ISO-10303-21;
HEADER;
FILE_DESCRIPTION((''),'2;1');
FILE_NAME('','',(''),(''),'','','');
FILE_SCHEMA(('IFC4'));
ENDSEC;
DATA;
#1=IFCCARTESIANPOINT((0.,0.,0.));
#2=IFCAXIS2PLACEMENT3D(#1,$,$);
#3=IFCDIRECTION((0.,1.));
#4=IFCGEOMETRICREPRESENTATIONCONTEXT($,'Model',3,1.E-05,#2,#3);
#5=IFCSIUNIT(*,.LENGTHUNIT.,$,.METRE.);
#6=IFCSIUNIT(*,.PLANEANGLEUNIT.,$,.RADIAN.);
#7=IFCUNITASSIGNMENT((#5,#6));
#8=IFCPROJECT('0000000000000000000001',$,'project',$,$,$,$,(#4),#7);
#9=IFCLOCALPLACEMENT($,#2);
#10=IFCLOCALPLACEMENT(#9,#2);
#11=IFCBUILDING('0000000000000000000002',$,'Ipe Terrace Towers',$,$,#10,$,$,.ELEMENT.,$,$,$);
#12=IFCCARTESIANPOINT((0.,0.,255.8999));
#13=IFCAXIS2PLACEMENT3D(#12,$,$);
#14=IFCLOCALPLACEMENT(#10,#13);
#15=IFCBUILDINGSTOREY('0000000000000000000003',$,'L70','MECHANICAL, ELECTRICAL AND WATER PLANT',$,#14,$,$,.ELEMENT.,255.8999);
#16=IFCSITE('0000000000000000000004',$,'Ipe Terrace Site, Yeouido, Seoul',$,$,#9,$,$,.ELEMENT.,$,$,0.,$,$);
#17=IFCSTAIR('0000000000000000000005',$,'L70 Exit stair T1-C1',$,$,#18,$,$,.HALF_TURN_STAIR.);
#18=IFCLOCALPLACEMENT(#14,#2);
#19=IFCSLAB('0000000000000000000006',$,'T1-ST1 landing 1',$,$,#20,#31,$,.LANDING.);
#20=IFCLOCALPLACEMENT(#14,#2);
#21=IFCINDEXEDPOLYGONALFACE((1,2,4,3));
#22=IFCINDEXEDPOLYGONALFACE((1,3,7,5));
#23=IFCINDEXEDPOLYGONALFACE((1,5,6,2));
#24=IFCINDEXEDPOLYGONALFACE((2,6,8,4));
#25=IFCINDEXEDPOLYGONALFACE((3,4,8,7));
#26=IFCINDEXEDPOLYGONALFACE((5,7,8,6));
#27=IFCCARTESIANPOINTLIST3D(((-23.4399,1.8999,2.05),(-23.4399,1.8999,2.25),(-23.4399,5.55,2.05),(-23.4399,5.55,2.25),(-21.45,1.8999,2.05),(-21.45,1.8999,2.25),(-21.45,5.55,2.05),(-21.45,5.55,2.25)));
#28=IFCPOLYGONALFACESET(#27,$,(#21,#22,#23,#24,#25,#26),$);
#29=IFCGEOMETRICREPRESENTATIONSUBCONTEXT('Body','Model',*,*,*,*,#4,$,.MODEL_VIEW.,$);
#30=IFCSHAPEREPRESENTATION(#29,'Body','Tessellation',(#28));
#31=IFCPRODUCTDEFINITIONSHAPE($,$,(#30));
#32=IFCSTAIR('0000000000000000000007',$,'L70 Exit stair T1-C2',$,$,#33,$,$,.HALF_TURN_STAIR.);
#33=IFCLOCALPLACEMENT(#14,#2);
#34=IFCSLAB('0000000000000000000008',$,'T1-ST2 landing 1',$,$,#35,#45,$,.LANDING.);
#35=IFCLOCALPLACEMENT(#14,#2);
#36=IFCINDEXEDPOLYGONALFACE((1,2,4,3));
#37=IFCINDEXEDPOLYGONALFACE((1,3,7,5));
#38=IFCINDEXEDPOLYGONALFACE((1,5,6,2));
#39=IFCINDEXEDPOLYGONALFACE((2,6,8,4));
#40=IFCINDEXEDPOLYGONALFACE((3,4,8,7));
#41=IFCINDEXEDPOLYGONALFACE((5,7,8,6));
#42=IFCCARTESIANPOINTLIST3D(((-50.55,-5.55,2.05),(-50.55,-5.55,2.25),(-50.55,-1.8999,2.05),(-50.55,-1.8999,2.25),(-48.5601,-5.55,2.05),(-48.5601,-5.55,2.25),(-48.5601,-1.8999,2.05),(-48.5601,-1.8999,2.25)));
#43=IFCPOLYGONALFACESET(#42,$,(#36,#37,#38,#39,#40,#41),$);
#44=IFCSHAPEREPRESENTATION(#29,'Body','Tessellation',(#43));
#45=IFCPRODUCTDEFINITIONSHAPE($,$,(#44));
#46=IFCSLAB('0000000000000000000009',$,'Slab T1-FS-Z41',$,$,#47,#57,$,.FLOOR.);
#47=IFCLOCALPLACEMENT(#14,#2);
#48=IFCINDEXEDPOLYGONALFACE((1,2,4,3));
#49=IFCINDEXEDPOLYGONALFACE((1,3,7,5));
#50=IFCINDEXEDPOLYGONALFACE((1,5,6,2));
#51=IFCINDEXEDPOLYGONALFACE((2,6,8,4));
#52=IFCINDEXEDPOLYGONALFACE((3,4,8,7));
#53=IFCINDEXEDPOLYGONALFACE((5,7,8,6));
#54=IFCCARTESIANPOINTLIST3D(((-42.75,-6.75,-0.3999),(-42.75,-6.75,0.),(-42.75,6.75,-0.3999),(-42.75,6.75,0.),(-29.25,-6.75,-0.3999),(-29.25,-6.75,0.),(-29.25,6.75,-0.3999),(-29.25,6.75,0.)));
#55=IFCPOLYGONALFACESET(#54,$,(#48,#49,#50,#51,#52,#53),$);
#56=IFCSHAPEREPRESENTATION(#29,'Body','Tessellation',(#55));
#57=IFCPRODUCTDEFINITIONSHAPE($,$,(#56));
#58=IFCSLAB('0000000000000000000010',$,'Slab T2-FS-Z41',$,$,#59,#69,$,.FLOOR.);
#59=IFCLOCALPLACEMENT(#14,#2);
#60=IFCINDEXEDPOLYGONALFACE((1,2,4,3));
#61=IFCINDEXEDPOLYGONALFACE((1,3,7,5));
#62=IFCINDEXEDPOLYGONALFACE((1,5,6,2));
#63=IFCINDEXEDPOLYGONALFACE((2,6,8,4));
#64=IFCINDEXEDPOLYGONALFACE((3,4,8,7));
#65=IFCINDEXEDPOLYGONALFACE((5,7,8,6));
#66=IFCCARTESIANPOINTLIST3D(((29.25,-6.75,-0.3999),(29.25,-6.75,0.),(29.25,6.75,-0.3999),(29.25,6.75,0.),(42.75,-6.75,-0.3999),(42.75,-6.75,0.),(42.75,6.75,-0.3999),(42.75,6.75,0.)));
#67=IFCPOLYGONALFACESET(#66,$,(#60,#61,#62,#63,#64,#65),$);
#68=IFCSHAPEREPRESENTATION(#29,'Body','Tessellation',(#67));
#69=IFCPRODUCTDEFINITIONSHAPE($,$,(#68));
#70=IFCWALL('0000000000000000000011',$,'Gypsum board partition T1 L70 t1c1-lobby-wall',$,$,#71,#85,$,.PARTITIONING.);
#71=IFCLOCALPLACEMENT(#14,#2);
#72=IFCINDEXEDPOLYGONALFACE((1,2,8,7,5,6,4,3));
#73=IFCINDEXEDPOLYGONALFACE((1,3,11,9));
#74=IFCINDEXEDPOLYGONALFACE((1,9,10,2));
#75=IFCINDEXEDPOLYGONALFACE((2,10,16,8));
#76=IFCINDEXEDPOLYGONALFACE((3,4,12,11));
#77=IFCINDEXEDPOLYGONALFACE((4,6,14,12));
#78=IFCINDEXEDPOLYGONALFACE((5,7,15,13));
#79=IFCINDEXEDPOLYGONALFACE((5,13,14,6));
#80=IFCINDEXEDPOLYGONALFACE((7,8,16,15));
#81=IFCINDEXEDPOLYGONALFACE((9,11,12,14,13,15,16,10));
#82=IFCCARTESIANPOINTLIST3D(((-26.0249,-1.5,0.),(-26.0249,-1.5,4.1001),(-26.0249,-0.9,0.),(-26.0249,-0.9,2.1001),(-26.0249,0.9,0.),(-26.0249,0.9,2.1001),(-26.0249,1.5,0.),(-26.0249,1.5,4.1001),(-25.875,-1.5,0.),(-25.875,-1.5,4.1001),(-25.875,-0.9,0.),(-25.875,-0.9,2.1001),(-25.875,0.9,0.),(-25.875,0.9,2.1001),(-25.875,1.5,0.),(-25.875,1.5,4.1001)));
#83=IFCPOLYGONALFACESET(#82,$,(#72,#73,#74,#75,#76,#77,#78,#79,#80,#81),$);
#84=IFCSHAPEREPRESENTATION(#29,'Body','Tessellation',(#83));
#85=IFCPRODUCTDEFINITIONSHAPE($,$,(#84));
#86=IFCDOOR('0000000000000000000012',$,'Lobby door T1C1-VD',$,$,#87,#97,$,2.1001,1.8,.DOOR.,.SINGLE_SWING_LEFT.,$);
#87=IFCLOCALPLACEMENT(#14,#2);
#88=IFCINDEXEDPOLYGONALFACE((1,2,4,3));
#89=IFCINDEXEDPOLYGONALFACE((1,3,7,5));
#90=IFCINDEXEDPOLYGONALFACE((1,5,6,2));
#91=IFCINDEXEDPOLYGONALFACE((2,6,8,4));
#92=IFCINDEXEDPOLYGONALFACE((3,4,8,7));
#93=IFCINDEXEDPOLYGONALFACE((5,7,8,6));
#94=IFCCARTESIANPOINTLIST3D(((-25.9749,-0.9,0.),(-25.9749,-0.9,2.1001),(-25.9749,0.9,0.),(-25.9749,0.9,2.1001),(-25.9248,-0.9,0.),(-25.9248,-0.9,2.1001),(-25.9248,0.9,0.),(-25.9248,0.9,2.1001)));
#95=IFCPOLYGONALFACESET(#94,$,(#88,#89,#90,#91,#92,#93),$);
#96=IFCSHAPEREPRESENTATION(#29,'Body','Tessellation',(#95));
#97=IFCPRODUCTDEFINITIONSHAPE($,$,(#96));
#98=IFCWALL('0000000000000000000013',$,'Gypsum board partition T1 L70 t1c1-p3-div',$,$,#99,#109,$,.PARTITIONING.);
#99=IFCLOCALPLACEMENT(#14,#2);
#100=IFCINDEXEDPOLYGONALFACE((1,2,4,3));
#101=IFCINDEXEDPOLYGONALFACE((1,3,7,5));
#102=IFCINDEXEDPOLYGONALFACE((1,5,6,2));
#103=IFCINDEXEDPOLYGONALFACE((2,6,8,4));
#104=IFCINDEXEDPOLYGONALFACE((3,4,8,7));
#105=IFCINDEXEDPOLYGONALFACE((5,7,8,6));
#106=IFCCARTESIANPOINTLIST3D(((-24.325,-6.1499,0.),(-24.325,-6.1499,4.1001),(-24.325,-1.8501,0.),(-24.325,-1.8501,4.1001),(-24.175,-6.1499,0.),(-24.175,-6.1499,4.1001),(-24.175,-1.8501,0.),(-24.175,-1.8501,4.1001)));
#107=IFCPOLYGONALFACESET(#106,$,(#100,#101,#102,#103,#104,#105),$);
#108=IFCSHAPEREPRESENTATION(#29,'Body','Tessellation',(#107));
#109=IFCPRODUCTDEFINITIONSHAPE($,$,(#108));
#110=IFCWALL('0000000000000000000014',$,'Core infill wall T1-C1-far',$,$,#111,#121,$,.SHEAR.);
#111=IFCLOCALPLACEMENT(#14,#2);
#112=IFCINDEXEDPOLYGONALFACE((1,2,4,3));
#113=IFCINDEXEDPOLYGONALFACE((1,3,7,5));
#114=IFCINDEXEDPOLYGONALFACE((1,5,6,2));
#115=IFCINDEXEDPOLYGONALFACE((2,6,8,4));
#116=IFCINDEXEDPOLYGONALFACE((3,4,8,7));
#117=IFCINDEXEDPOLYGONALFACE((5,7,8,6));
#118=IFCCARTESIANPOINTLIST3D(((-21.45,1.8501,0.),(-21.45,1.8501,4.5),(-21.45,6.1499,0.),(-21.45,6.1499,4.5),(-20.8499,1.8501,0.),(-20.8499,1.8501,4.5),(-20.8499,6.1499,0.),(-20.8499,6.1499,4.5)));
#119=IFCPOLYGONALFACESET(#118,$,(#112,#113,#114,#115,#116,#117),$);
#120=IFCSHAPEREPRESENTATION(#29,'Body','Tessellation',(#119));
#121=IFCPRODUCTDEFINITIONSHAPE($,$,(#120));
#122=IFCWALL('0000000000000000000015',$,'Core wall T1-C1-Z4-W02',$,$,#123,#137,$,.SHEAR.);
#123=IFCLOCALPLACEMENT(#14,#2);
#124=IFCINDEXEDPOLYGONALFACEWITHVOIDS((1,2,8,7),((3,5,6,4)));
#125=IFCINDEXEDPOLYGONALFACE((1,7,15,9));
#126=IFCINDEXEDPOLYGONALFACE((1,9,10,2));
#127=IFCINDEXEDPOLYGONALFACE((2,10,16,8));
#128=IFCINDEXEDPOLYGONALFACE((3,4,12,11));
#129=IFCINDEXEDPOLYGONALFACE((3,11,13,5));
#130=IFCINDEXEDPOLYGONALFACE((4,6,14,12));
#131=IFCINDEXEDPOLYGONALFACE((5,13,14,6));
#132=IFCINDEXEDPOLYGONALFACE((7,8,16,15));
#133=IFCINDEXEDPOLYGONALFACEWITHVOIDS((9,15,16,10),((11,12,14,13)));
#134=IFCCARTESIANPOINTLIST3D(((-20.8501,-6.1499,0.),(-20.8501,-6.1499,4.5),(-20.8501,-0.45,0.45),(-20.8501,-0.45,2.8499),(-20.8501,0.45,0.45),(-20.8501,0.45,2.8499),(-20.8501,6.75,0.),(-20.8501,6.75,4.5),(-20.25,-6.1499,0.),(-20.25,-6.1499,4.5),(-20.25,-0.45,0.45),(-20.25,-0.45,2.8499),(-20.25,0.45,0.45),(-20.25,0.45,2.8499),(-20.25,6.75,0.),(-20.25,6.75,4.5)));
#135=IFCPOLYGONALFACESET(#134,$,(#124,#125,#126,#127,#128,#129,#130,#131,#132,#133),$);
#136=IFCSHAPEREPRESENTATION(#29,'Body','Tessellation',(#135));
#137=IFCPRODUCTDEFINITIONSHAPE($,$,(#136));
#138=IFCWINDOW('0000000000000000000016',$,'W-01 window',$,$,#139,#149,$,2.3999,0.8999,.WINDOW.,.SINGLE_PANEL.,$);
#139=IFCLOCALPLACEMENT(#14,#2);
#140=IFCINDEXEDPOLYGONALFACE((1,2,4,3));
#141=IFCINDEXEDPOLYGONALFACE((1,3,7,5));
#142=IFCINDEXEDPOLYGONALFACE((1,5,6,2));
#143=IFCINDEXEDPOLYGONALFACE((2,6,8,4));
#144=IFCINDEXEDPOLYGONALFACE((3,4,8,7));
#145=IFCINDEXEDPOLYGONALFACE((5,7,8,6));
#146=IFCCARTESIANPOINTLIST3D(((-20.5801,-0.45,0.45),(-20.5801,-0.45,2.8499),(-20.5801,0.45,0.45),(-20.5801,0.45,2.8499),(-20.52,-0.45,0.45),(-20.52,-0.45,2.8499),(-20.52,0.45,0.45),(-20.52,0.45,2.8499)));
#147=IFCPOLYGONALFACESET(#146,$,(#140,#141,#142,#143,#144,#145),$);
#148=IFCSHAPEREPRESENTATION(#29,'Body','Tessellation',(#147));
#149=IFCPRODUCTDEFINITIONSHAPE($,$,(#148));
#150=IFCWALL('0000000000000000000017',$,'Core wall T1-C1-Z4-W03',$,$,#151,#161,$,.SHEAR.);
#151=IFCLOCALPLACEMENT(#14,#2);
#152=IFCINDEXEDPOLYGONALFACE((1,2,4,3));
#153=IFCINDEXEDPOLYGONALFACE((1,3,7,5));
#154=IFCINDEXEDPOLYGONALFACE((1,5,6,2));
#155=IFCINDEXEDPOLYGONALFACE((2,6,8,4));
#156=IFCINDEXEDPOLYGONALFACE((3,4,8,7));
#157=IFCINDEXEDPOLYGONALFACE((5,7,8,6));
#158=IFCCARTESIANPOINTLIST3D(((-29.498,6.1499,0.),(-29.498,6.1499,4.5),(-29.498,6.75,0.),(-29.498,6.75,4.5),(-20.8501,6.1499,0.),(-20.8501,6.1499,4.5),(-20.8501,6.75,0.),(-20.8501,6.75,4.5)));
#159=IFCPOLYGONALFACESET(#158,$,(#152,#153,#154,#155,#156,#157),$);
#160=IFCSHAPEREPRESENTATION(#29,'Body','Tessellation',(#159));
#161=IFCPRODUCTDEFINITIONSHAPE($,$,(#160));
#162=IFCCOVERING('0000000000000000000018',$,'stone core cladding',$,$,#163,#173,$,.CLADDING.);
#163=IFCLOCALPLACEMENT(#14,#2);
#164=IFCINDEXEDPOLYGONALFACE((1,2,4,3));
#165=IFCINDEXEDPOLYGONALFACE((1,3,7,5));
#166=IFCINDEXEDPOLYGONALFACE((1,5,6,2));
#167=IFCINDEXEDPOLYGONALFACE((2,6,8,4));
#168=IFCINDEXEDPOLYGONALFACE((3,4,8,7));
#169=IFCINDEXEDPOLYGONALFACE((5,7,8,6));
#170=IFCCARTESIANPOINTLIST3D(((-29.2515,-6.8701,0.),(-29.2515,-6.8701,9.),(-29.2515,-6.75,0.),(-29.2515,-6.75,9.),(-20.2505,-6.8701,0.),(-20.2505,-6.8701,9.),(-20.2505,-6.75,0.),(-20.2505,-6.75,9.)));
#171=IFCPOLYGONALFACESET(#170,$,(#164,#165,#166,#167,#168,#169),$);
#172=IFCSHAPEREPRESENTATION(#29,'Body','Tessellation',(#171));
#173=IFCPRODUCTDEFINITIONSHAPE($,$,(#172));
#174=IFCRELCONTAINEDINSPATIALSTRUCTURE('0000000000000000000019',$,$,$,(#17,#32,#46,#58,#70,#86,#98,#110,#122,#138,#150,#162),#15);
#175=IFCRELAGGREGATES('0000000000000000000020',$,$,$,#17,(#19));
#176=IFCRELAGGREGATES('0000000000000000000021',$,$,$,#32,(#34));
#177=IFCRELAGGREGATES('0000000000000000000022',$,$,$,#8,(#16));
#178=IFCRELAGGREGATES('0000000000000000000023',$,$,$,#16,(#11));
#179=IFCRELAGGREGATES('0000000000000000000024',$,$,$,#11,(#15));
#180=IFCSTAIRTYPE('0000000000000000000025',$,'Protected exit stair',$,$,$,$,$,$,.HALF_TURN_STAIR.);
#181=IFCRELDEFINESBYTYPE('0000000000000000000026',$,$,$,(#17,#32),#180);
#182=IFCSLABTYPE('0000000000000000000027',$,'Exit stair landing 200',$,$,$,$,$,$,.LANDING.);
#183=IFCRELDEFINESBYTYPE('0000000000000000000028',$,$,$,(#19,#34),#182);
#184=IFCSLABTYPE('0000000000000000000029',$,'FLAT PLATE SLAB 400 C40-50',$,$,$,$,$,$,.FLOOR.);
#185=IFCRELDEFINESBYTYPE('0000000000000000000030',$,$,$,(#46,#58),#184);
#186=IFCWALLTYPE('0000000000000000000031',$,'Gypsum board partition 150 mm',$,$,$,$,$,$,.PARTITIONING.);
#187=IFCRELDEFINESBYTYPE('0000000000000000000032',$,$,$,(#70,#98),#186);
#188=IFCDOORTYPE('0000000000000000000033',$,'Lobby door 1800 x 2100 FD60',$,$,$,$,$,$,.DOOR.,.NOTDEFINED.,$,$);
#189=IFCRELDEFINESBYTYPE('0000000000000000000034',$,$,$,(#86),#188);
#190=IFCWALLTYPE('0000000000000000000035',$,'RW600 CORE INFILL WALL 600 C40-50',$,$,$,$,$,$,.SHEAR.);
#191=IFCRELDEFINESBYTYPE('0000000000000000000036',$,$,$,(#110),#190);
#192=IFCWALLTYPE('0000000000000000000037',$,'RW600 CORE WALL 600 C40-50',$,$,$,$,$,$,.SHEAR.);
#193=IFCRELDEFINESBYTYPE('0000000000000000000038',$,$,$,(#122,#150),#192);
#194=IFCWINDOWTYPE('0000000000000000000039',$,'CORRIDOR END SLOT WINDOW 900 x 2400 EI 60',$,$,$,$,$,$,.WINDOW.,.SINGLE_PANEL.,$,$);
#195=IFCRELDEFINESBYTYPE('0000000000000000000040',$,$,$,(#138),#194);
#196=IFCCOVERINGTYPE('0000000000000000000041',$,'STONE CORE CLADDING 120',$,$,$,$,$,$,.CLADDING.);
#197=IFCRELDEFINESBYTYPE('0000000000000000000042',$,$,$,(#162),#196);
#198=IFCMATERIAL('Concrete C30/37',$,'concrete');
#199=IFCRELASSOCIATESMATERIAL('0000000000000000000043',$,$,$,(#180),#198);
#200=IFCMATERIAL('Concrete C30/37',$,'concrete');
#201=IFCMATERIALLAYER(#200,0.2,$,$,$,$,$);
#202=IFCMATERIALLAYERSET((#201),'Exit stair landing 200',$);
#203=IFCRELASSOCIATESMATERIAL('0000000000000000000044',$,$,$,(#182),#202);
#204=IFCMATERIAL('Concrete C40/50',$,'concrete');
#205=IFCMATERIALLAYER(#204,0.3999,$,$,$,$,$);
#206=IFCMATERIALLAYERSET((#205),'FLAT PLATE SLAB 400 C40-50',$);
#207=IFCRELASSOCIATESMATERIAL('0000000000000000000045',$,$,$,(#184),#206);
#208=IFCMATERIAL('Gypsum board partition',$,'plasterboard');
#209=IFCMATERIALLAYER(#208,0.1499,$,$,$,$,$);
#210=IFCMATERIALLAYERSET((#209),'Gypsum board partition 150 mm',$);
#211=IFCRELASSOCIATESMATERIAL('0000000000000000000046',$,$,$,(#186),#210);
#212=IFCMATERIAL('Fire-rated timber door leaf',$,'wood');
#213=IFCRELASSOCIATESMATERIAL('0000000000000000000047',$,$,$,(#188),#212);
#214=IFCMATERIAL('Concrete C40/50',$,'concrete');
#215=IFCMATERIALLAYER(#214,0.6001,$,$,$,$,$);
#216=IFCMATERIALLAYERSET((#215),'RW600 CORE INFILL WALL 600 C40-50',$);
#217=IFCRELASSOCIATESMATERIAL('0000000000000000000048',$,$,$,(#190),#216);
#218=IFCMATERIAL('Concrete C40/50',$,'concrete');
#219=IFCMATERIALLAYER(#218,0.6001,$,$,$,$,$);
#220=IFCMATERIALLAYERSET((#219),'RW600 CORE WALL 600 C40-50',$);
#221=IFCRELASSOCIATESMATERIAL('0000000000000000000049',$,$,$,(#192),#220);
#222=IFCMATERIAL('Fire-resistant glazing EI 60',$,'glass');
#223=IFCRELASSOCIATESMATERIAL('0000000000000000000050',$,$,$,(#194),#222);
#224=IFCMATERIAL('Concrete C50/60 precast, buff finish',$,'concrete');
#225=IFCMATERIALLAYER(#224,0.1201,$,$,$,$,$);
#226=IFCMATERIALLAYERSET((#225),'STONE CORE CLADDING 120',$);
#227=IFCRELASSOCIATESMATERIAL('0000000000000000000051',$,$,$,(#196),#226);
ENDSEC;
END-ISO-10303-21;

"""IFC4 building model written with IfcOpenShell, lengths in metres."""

from ifc_helpers import new_model, si_unit, direction, frame, frame_2d, origin, origin_2d, place, context, subcontext, project, spatial, polyline, rectangle, outline, extrude, material, layer, layer_set, type_object, element, fill, aggregate, save


model = new_model("IFC4")

# Units and contexts
model_context = context("Model", 3, precision=1e-05, world=origin(), true_north=direction((0.0, 1.0)))
body_context = subcontext(model_context, "Body", "Model", "MODEL_VIEW")
ifc_project = project(units=[si_unit("LENGTHUNIT", "METRE"), si_unit("PLANEANGLEUNIT", "RADIAN")], contexts=[model_context])

# Site, building, storey
site_placement = place(None, origin())
site = spatial("IfcSite", under=ifc_project, at=site_placement, Name="Ipe Terrace Site, Yeouido, Seoul", CompositionType="ELEMENT", RefElevation=0.0)
building_placement = place(site_placement, origin())
building = spatial("IfcBuilding", under=site, at=building_placement, Name="Ipe Terrace Towers", CompositionType="ELEMENT")
storey_placement = place(building_placement, frame((0.0, 0.0, 255.8999)))
storey = spatial("IfcBuildingStorey", under=building, at=storey_placement, Name="L70", Description="MECHANICAL, ELECTRICAL AND WATER PLANT", CompositionType="ELEMENT", Elevation=255.8999)

# Stairs, slabs
ifc_material_1 = material(Name="Concrete C30/37", Category="concrete")
stair_type = type_object("IfcStairType", Name="Protected exit stair", PredefinedType="HALF_TURN_STAIR", material=ifc_material_1)
stair_1_placement = place(storey_placement, origin())
stair_1 = element("IfcStair", 1, at=stair_1_placement, inside=storey, type_object=stair_type, Name="L70 Exit stair T1-C1", PredefinedType="HALF_TURN_STAIR")
ifc_material_2 = material(Name="Concrete C30/37", Category="concrete")
ifc_layer_1 = layer(ifc_material_2, 0.2)
ifc_layer_set_1 = layer_set([ifc_layer_1], Name="Exit stair landing 200")
slab_type_1 = type_object("IfcSlabType", Name="Exit stair landing 200", PredefinedType="LANDING", material=ifc_layer_set_1)
slab_1_placement = place(storey_placement, frame((0.0, 0.0, 2.05)))
slab_1 = element("IfcSlab", 2, at=slab_1_placement, type_object=slab_type_1, Name="T1-ST1 landing 1", PredefinedType="LANDING", context=body_context, shape_type="SweptSolid", body=[
    extrude(outline(polyline([(-23.4399, 1.8999), (-21.45, 1.8999), (-21.45, 5.55), (-23.4399, 5.55), (-23.4399, 1.8999)])), origin(), (0.0, 0.0, 1.0), 0.2),
])
aggregate(stair_1, [slab_1])
stair_2_placement = place(storey_placement, origin())
stair_2 = element("IfcStair", 3, at=stair_2_placement, inside=storey, type_object=stair_type, Name="L70 Exit stair T1-C2", PredefinedType="HALF_TURN_STAIR")
slab_2_placement = place(storey_placement, frame((0.0, 0.0, 2.05)))
slab_2 = element("IfcSlab", 4, at=slab_2_placement, type_object=slab_type_1, Name="T1-ST2 landing 1", PredefinedType="LANDING", context=body_context, shape_type="SweptSolid", body=[
    extrude(outline(polyline([(-48.5601, -1.8999), (-50.55, -1.8999), (-50.55, -5.55), (-48.5601, -5.55), (-48.5601, -1.8999)])), origin(), (0.0, 0.0, 1.0), 0.2),
])
aggregate(stair_2, [slab_2])

# Slabs
ifc_material_3 = material(Name="Concrete C40/50", Category="concrete")
ifc_layer_2 = layer(ifc_material_3, 0.3999)
ifc_layer_set_2 = layer_set([ifc_layer_2], Name="FLAT PLATE SLAB 400 C40-50")
slab_type_2 = type_object("IfcSlabType", Name="FLAT PLATE SLAB 400 C40-50", PredefinedType="FLOOR", material=ifc_layer_set_2)
slab_3_placement = place(storey_placement, frame((0.0, 0.0, -0.3999)))
element("IfcSlab", 5, at=slab_3_placement, inside=storey, type_object=slab_type_2, Name="Slab T1-FS-Z41", PredefinedType="FLOOR", context=body_context, shape_type="SweptSolid", body=[
    extrude(outline(polyline([(-29.25, 6.75), (-29.25, -6.75), (-42.75, -6.75), (-42.75, 6.75), (-29.25, 6.75)])), origin(), (0.0, 0.0, 1.0), 0.3999),
])
slab_4_placement = place(storey_placement, frame((0.0, 0.0, -0.3999)))
element("IfcSlab", 6, at=slab_4_placement, inside=storey, type_object=slab_type_2, Name="Slab T2-FS-Z41", PredefinedType="FLOOR", context=body_context, shape_type="SweptSolid", body=[
    extrude(outline(polyline([(29.25, 6.75), (42.75, 6.75), (42.75, -6.75), (29.25, -6.75), (29.25, 6.75)])), origin(), (0.0, 0.0, 1.0), 0.3999),
])

# Wall, opening, door
ifc_material_4 = material(Name="Gypsum board partition", Category="plasterboard")
ifc_layer_3 = layer(ifc_material_4, 0.1499)
ifc_layer_set_3 = layer_set([ifc_layer_3], Name="Gypsum board partition 150 mm")
wall_type_1 = type_object("IfcWallType", Name="Gypsum board partition 150 mm", PredefinedType="PARTITIONING", material=ifc_layer_set_3)
wall_1_placement = place(storey_placement, frame((-25.95, -1.5, 0.0), z_axis=(0.0, 0.0, 1.0), x_axis=(0.0, 1.0, 0.0)))
wall_1 = element("IfcWall", 7, at=wall_1_placement, inside=storey, type_object=wall_type_1, Name="Gypsum board partition T1 L70 t1c1-lobby-wall", PredefinedType="PARTITIONING", context=body_context, shape_type="SweptSolid", body=[
    extrude(rectangle(XDim=3.0, YDim=0.1499, at=frame_2d((1.5, 0.0))), origin(), (0.0, 0.0, 1.0), 4.1001),
])
opening_1_placement = place(wall_1_placement, frame((0.6001, 0.0, 0.0)))
opening_1 = element("IfcOpeningElement", 8, at=opening_1_placement, cuts=wall_1, PredefinedType="OPENING", context=body_context, shape_type="SweptSolid", body=[
    extrude(rectangle(XDim=1.8, YDim=2.1001, at=frame_2d((0.8999, 1.05))), frame((0.0, 0.085, 0.0), z_axis=(0.0, -1.0, 0.0), x_axis=(1.0, 0.0, 0.0)), (0.0, 0.0, 1.0), 0.1699),
])
ifc_material_5 = material(Name="Fire-rated timber door leaf", Category="wood")
door_type = type_object("IfcDoorType", Name="Lobby door 1800 x 2100 FD60", OperationType="NOTDEFINED", PredefinedType="DOOR", material=ifc_material_5)
door_placement = place(opening_1_placement, origin())
door = element("IfcDoor", 9, at=door_placement, inside=storey, type_object=door_type, Name="Lobby door T1C1-VD", OperationType="SINGLE_SWING_LEFT", OverallHeight=2.1001, OverallWidth=1.8, PredefinedType="DOOR", context=body_context, shape_type="SweptSolid", body=[
    extrude(rectangle(XDim=1.8, YDim=2.1001, at=frame_2d((0.8999, 1.05))), frame((0.0, 0.0249, 0.0), z_axis=(0.0, -1.0, 0.0), x_axis=(1.0, 0.0, 0.0)), (0.0, 0.0, 1.0), 0.05),
])
fill(opening_1, door)

# Walls
wall_2_placement = place(storey_placement, frame((-24.25, -6.1499, 0.0), z_axis=(0.0, 0.0, 1.0), x_axis=(0.0, 1.0, 0.0)))
element("IfcWall", 10, at=wall_2_placement, inside=storey, type_object=wall_type_1, Name="Gypsum board partition T1 L70 t1c1-p3-div", PredefinedType="PARTITIONING", context=body_context, shape_type="SweptSolid", body=[
    extrude(rectangle(XDim=4.2998, YDim=0.1499, at=frame_2d((2.1499, 0.0))), origin(), (0.0, 0.0, 1.0), 4.1001),
])
ifc_material_6 = material(Name="Concrete C40/50", Category="concrete")
ifc_layer_4 = layer(ifc_material_6, 0.6001)
ifc_layer_set_4 = layer_set([ifc_layer_4], Name="RW600 CORE INFILL WALL 600 C40-50")
wall_type_2 = type_object("IfcWallType", Name="RW600 CORE INFILL WALL 600 C40-50", PredefinedType="SHEAR", material=ifc_layer_set_4)
wall_3_placement = place(storey_placement, frame((-21.1499, 1.8501, 0.0), z_axis=(0.0, 0.0, 1.0), x_axis=(0.0, 1.0, 0.0)))
element("IfcWall", 11, at=wall_3_placement, inside=storey, type_object=wall_type_2, Name="Core infill wall T1-C1-far", PredefinedType="SHEAR", context=body_context, shape_type="SweptSolid", body=[
    extrude(rectangle(XDim=4.2998, YDim=0.6001, at=frame_2d((2.1499, 0.0))), origin(), (0.0, 0.0, 1.0), 4.5),
])

# Wall, opening, window
ifc_material_7 = material(Name="Concrete C40/50", Category="concrete")
ifc_layer_5 = layer(ifc_material_7, 0.6001)
ifc_layer_set_5 = layer_set([ifc_layer_5], Name="RW600 CORE WALL 600 C40-50")
wall_type_3 = type_object("IfcWallType", Name="RW600 CORE WALL 600 C40-50", PredefinedType="SHEAR", material=ifc_layer_set_5)
wall_4_placement = place(storey_placement, frame((-20.55, -6.1499, 0.0), z_axis=(0.0, 0.0, 1.0), x_axis=(0.0, 1.0, 0.0)))
wall_4 = element("IfcWall", 12, at=wall_4_placement, inside=storey, type_object=wall_type_3, Name="Core wall T1-C1-Z4-W02", PredefinedType="SHEAR", context=body_context, shape_type="SweptSolid", body=[
    extrude(rectangle(XDim=12.8999, YDim=0.6001, at=frame_2d((6.45, 0.0))), origin(), (0.0, 0.0, 1.0), 4.5),
])
opening_2_placement = place(wall_4_placement, frame((5.7, 0.0, 0.45)))
opening_2 = element("IfcOpeningElement", 13, at=opening_2_placement, cuts=wall_4, PredefinedType="OPENING", context=body_context, shape_type="SweptSolid", body=[
    extrude(rectangle(XDim=0.8999, YDim=2.3999, at=frame_2d((0.45, 1.2))), frame((0.0, 0.3101, 0.0), z_axis=(0.0, -1.0, 0.0), x_axis=(1.0, 0.0, 0.0)), (0.0, 0.0, 1.0), 0.6201),
])
ifc_material_8 = material(Name="Fire-resistant glazing EI 60", Category="glass")
window_type = type_object("IfcWindowType", Name="CORRIDOR END SLOT WINDOW 900 x 2400 EI 60", PartitioningType="SINGLE_PANEL", PredefinedType="WINDOW", material=ifc_material_8)
window_placement = place(opening_2_placement, origin())
window = element("IfcWindow", 14, at=window_placement, inside=storey, type_object=window_type, Name="W-01 window", OverallHeight=2.3999, OverallWidth=0.8999, PartitioningType="SINGLE_PANEL", PredefinedType="WINDOW", context=body_context, shape_type="SweptSolid", body=[
    extrude(rectangle(XDim=0.8999, YDim=2.3999, at=frame_2d((0.45, 1.2))), frame((0.0, 0.03, 0.0), z_axis=(0.0, -1.0, 0.0), x_axis=(1.0, 0.0, 0.0)), (0.0, 0.0, 1.0), 0.0601),
])
fill(opening_2, window)

# Wall
wall_5_placement = place(storey_placement, frame((-20.8501, 6.45, 0.0), z_axis=(0.0, 0.0, 1.0), x_axis=(-1.0, 0.0, 0.0)))
element("IfcWall", 15, at=wall_5_placement, inside=storey, type_object=wall_type_3, Name="Core wall T1-C1-Z4-W03", PredefinedType="SHEAR", context=body_context, shape_type="SweptSolid", body=[
    extrude(rectangle(XDim=8.6479, YDim=0.6001, at=frame_2d((4.324, 0.0))), origin(), (0.0, 0.0, 1.0), 4.5),
])

# Covering
ifc_material_9 = material(Name="Concrete C50/60 precast, buff finish", Category="concrete")
ifc_layer_6 = layer(ifc_material_9, 0.1201)
ifc_layer_set_6 = layer_set([ifc_layer_6], Name="STONE CORE CLADDING 120")
covering_type_1 = type_object("IfcCoveringType", Name="STONE CORE CLADDING 120", PredefinedType="CLADDING", material=ifc_layer_set_6)
for number, where, z_axis, x_axis, name in (
    (16, (-24.751, -6.8101, 0.0), (0.0, 0.0, 1.0), (1.0, 0.0, 0.0), "stone core cladding"),
):
    element("IfcCovering", number, at=place(storey_placement, frame(where, z_axis=z_axis, x_axis=x_axis)), inside=storey, type_object=covering_type_1, Name=name, PredefinedType="CLADDING", context=body_context, shape_type="SweptSolid", body=[
        extrude(rectangle(XDim=9.001, YDim=0.1201, at=origin_2d()), origin(), (0.0, 0.0, 1.0), 9.0),
    ])

save(model, "model.ifc")
